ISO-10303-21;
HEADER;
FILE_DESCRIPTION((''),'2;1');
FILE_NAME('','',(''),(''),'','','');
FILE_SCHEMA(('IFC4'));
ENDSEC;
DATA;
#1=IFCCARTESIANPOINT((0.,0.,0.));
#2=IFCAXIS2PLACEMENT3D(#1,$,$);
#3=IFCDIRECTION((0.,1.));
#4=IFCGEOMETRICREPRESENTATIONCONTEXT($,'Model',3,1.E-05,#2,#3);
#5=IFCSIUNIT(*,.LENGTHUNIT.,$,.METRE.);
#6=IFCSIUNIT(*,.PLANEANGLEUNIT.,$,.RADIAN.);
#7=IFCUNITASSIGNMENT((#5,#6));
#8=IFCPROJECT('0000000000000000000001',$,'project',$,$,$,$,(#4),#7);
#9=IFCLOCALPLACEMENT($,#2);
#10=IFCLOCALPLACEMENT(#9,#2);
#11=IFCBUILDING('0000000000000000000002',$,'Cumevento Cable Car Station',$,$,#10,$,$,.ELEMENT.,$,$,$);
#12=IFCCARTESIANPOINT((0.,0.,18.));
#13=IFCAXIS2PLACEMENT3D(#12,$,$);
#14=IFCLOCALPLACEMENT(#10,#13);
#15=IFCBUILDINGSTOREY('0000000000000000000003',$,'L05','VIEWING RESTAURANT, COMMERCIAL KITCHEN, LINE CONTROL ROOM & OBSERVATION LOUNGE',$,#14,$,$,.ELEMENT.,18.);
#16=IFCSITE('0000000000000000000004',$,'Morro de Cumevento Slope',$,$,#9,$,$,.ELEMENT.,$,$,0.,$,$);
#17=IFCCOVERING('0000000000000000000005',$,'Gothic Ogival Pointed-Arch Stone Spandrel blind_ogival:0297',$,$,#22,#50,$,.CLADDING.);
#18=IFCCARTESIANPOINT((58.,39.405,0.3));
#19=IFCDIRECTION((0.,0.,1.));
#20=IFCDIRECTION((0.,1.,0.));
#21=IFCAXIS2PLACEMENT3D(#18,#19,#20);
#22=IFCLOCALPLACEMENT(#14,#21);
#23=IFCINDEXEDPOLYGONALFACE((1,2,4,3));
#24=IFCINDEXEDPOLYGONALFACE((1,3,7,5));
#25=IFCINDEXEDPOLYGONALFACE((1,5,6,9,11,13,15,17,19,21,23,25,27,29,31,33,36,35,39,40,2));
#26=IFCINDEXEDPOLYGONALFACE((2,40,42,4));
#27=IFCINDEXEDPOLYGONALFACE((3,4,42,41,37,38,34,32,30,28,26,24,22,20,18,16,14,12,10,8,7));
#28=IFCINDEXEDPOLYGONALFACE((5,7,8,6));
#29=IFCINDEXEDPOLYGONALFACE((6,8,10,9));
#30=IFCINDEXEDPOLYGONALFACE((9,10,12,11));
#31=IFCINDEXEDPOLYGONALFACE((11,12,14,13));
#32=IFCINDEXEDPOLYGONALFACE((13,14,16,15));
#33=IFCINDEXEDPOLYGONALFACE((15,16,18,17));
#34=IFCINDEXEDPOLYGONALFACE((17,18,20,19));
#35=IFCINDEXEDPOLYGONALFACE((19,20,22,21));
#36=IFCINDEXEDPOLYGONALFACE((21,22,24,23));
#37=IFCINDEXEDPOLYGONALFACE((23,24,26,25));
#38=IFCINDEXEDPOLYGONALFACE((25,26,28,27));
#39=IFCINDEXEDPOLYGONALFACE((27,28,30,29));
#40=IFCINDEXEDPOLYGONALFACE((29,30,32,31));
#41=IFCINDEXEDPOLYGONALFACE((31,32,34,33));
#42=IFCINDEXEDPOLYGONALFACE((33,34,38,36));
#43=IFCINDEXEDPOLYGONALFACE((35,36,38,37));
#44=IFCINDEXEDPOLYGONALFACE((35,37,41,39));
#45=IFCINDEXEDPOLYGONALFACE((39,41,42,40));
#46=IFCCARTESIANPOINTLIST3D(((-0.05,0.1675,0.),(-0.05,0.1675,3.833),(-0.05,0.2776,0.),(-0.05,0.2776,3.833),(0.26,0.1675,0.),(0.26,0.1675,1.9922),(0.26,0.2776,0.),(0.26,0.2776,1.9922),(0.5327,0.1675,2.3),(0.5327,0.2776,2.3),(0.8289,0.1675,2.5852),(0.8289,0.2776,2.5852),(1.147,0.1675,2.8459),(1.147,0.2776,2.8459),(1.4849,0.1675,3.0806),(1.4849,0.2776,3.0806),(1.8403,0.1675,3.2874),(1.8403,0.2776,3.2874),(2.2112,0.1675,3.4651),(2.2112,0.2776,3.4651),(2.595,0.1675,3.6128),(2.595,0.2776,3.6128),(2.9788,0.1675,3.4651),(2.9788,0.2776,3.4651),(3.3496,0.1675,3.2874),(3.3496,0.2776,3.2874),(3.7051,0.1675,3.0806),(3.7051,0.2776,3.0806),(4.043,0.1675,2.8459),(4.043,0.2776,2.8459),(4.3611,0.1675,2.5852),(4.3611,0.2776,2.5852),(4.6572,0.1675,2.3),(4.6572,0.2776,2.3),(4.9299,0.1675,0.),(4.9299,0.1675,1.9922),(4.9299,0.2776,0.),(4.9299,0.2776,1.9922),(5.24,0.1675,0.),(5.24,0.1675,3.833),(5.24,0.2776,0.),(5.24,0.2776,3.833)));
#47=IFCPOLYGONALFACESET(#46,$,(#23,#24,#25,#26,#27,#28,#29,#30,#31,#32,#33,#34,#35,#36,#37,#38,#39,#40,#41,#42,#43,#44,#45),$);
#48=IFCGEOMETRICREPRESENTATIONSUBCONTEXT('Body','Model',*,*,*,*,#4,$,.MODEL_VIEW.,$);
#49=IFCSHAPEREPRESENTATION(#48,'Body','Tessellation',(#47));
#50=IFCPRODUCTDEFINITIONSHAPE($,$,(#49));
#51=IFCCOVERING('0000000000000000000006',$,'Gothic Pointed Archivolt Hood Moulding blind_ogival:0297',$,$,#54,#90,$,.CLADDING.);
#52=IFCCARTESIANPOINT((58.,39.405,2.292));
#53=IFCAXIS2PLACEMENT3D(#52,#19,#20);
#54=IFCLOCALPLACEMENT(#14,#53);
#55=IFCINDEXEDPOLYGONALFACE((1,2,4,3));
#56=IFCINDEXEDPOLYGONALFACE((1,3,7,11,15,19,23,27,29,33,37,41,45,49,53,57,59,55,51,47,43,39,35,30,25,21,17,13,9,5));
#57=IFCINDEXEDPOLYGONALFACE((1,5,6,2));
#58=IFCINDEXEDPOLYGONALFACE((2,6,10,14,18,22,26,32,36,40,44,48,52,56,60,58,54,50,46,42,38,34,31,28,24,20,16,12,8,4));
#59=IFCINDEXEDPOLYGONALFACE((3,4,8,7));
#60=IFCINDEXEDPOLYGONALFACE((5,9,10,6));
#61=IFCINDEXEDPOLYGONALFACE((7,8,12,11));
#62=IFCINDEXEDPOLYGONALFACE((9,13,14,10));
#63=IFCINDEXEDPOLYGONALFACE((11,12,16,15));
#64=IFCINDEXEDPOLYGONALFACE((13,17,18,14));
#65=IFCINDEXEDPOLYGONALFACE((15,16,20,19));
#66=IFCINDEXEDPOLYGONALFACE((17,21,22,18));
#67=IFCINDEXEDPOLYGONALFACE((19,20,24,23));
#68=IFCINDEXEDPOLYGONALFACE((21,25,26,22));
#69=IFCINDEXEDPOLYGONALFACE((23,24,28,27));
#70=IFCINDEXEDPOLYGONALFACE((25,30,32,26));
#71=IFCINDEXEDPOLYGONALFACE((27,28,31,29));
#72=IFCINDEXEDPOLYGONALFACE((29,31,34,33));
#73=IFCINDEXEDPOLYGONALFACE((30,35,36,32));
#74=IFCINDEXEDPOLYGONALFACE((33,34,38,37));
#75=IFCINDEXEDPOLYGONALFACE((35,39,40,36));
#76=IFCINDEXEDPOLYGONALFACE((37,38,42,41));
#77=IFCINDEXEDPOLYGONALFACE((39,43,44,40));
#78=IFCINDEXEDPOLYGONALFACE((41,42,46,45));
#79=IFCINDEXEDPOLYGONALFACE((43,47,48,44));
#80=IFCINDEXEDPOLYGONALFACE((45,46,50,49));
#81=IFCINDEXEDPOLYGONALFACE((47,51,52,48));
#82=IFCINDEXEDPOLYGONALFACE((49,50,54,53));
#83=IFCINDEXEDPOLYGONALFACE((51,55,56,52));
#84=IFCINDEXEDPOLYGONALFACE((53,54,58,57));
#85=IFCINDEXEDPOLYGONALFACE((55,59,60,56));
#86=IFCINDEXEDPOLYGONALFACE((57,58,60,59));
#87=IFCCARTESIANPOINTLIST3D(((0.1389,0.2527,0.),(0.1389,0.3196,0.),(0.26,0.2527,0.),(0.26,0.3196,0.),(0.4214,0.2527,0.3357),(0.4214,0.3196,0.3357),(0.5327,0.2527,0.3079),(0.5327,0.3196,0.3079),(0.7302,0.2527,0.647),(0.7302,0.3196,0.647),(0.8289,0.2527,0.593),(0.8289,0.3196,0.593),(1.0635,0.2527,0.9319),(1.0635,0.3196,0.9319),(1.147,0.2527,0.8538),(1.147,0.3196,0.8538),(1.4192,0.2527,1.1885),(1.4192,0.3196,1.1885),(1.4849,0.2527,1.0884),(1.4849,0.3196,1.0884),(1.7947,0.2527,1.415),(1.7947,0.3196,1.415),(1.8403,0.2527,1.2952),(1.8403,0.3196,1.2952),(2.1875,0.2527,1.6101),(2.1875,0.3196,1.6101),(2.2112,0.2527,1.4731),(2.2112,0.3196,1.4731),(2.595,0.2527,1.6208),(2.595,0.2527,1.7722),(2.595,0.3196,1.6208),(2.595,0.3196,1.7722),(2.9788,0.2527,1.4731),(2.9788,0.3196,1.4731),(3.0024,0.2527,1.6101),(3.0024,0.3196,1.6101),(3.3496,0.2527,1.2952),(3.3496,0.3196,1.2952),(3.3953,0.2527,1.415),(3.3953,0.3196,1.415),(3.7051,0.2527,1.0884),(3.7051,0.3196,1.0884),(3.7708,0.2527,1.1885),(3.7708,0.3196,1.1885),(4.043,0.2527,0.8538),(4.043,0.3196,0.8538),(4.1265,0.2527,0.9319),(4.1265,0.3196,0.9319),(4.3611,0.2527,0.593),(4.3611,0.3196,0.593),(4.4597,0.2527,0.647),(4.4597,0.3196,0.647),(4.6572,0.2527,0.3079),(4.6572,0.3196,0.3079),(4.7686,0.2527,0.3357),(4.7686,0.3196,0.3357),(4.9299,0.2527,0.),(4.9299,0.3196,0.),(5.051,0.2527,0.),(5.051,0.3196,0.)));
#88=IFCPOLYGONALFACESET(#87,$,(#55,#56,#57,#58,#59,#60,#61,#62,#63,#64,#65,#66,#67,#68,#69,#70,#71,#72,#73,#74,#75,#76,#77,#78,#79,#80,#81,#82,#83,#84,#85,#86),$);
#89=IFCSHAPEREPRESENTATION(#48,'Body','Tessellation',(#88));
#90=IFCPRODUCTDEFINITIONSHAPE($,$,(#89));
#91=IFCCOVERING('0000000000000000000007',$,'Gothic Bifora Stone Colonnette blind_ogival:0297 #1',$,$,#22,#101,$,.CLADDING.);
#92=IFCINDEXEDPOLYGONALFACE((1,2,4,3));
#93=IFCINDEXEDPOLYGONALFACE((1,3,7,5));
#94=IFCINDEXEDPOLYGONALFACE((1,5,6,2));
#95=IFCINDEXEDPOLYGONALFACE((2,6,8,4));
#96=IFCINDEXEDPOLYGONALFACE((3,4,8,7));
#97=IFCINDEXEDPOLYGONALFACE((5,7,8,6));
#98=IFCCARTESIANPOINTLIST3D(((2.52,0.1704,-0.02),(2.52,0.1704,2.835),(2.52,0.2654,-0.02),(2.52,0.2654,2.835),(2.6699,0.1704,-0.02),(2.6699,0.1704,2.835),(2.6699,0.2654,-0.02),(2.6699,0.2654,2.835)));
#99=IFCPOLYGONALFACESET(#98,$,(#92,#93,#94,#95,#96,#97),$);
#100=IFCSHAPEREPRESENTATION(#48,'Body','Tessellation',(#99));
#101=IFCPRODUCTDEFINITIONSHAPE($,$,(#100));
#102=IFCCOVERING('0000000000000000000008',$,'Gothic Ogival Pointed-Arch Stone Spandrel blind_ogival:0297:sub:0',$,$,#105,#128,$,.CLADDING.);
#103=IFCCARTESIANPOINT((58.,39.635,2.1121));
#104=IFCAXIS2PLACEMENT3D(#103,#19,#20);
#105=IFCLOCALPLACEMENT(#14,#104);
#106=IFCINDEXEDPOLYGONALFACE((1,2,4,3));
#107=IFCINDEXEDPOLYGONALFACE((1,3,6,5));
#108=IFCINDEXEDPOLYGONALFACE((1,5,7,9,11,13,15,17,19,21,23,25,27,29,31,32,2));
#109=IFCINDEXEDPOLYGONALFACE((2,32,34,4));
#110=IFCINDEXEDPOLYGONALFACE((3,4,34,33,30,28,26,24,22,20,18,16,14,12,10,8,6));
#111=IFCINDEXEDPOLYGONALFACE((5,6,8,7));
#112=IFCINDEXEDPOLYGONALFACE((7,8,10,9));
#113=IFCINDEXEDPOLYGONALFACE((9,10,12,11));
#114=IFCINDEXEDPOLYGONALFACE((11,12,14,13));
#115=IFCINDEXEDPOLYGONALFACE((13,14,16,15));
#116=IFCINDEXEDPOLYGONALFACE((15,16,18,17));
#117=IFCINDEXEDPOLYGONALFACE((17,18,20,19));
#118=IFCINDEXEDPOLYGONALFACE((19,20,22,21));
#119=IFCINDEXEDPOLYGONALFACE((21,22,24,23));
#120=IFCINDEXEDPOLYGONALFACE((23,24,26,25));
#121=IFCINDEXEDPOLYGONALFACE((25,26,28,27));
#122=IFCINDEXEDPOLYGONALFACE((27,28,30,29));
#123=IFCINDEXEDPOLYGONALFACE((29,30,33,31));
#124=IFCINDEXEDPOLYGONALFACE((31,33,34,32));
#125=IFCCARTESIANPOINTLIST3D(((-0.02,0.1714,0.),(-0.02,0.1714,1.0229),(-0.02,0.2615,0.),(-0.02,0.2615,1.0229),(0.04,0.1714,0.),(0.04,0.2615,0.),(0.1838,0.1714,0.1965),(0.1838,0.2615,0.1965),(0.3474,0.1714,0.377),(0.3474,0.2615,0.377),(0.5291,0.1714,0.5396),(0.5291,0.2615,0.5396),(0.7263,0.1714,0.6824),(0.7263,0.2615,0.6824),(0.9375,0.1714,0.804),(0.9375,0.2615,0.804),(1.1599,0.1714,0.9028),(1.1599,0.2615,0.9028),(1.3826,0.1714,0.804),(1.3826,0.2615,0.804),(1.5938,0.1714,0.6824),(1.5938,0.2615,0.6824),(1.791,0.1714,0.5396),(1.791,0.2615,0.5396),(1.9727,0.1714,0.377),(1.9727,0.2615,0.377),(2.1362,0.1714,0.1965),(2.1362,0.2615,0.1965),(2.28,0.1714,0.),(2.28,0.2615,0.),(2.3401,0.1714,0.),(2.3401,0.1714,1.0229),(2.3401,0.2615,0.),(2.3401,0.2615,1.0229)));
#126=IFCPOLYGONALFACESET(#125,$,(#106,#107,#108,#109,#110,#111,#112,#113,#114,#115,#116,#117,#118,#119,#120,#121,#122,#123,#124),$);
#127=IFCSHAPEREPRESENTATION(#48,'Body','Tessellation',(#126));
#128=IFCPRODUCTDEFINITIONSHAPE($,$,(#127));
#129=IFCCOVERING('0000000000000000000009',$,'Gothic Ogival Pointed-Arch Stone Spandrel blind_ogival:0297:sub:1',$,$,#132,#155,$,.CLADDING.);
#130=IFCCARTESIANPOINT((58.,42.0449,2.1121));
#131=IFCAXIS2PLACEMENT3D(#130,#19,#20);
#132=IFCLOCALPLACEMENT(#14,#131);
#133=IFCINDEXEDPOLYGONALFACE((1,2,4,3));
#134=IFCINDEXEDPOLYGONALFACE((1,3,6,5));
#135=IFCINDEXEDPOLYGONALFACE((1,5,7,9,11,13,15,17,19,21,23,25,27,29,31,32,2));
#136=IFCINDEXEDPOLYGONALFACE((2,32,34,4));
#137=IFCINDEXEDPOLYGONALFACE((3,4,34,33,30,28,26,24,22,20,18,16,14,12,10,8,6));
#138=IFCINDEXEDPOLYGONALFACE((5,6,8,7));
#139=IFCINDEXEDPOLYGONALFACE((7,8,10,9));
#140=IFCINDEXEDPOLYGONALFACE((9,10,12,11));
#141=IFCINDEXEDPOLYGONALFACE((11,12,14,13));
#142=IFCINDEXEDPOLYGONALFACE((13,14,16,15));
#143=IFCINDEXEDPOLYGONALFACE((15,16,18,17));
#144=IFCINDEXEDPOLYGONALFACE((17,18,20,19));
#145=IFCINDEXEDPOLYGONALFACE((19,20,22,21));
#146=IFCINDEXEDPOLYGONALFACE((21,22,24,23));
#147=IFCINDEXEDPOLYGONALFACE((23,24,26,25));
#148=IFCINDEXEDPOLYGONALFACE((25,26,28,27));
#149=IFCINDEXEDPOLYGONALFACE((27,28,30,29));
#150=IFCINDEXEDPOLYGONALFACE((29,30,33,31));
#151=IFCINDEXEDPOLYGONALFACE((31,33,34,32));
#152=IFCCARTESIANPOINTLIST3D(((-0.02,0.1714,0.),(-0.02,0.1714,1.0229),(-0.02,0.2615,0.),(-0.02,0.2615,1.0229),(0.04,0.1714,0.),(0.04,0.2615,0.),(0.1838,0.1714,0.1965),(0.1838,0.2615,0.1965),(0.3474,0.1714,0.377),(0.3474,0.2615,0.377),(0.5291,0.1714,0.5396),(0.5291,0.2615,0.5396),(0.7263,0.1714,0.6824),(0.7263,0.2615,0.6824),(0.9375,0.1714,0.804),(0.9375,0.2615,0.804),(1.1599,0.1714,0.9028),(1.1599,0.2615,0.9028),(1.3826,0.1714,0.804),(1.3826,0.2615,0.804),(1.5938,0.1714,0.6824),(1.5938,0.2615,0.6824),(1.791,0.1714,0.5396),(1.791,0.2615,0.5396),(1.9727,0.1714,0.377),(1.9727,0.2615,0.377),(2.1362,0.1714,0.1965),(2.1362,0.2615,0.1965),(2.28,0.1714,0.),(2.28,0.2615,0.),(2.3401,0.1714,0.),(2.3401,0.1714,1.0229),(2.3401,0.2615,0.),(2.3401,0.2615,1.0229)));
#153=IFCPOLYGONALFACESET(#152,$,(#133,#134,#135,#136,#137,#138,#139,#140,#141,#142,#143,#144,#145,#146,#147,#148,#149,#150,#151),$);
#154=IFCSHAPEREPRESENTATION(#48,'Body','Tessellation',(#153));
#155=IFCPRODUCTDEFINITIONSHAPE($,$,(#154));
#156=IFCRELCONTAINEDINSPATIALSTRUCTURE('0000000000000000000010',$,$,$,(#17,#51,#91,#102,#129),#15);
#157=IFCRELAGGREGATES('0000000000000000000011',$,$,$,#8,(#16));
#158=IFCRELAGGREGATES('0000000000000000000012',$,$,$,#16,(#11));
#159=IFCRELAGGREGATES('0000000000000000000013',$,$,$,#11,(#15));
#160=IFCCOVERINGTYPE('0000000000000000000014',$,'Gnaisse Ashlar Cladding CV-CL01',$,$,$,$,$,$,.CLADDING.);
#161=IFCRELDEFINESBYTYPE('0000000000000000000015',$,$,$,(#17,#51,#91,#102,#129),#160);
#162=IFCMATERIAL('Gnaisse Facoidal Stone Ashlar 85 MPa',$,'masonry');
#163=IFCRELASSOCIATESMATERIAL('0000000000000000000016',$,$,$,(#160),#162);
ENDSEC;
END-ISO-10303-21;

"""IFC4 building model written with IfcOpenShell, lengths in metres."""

from ifc_helpers import new_model, si_unit, direction, frame, origin, place, context, subcontext, project, spatial, polyline, outline, extrude, material, type_object, element, save


model = new_model("IFC4")

# Units and contexts
model_context = context("Model", 3, precision=1e-05, world=origin(), true_north=direction((0.0, 1.0)))
body_context = subcontext(model_context, "Body", "Model", "MODEL_VIEW")
ifc_project = project(units=[si_unit("LENGTHUNIT", "METRE"), si_unit("PLANEANGLEUNIT", "RADIAN")], contexts=[model_context])

# Site, building, storey
site_placement = place(None, origin())
site = spatial("IfcSite", under=ifc_project, at=site_placement, Name="Morro de Cumevento Slope", CompositionType="ELEMENT", RefElevation=0.0)
building_placement = place(site_placement, origin())
building = spatial("IfcBuilding", under=site, at=building_placement, Name="Cumevento Cable Car Station", CompositionType="ELEMENT")
storey_placement = place(building_placement, frame((0.0, 0.0, 18.0)))
storey = spatial("IfcBuildingStorey", under=building, at=storey_placement, Name="L05", Description="VIEWING RESTAURANT, COMMERCIAL KITCHEN, LINE CONTROL ROOM & OBSERVATION LOUNGE", CompositionType="ELEMENT", Elevation=18.0)

# Coverings
ifc_material_1 = material(Name="Gnaisse Facoidal Stone Ashlar 85 MPa", Category="masonry")
covering_type = type_object("IfcCoveringType", Name="Gnaisse Ashlar Cladding CV-CL01", PredefinedType="CLADDING", material=ifc_material_1)
placement_1 = place(storey_placement, frame((58.0, 39.405, 0.3), z_axis=(0.0, 0.0, 1.0), x_axis=(0.0, 1.0, 0.0)))
element("IfcCovering", 1, at=placement_1, inside=storey, type_object=covering_type, Name="Gothic Ogival Pointed-Arch Stone Spandrel blind_ogival:0297", PredefinedType="CLADDING", context=body_context, shape_type="SweptSolid", body=[
    extrude(outline(polyline([(-0.05, 0.0), (-0.05, 3.833), (5.24, 3.833), (5.24, 0.0), (4.9299, 0.0), (4.9299, 1.9922), (4.6572, 2.3), (4.3611, 2.5852), (4.043, 2.8459), (3.7051, 3.0806), (3.3496, 3.2874), (2.9788, 3.4651), (2.595, 3.6128), (2.2112, 3.4651), (1.8403, 3.2874), (1.4849, 3.0806), (1.147, 2.8459), (0.8289, 2.5852), (0.5327, 2.3), (0.26, 1.9922), (0.26, 0.0), (-0.05, 0.0)])), frame((0.0, 0.2776, 0.0), z_axis=(0.0, -1.0, 0.0), x_axis=(1.0, 0.0, 0.0)), (0.0, 0.0, 1.0), 0.1101),
])
covering_1_placement = place(storey_placement, frame((58.0, 39.405, 2.292), z_axis=(0.0, 0.0, 1.0), x_axis=(0.0, 1.0, 0.0)))
element("IfcCovering", 2, at=covering_1_placement, inside=storey, type_object=covering_type, Name="Gothic Pointed Archivolt Hood Moulding blind_ogival:0297", PredefinedType="CLADDING", context=body_context, shape_type="SweptSolid", body=[
    extrude(outline(polyline([(0.26, 0.0), (0.5327, 0.3079), (0.8289, 0.593), (1.147, 0.8538), (1.4849, 1.0884), (1.8403, 1.2952), (2.2112, 1.4731), (2.595, 1.6208), (2.9788, 1.4731), (3.3496, 1.2952), (3.7051, 1.0884), (4.043, 0.8538), (4.3611, 0.593), (4.6572, 0.3079), (4.9299, 0.0), (5.051, 0.0), (4.7686, 0.3357), (4.4597, 0.647), (4.1265, 0.9319), (3.7708, 1.1885), (3.3953, 1.415), (3.0024, 1.6101), (2.595, 1.7722), (2.1875, 1.6101), (1.7947, 1.415), (1.4192, 1.1885), (1.0635, 0.9319), (0.7302, 0.647), (0.4214, 0.3357), (0.1389, 0.0), (0.26, 0.0)])), frame((0.0, 0.3196, 0.0), z_axis=(0.0, -1.0, 0.0), x_axis=(1.0, 0.0, 0.0)), (0.0, 0.0, 1.0), 0.0669),
])
element("IfcCovering", 3, at=placement_1, inside=storey, type_object=covering_type, Name="Gothic Bifora Stone Colonnette blind_ogival:0297 #1", PredefinedType="CLADDING", context=body_context, shape_type="SweptSolid", body=[
    extrude(outline(polyline([(2.52, -0.02), (2.6699, -0.02), (2.6699, 2.835), (2.52, 2.835), (2.52, -0.02)])), frame((0.0, 0.2654, 0.0), z_axis=(0.0, -1.0, 0.0), x_axis=(1.0, 0.0, 0.0)), (0.0, 0.0, 1.0), 0.095),
])
for number, where, z_axis, x_axis, name in (
    (4, (58.0, 39.635, 2.1121), (0.0, 0.0, 1.0), (0.0, 1.0, 0.0), "Gothic Ogival Pointed-Arch Stone Spandrel blind_ogival:0297:sub:0"),
    (5, (58.0, 42.0449, 2.1121), (0.0, 0.0, 1.0), (0.0, 1.0, 0.0), "Gothic Ogival Pointed-Arch Stone Spandrel blind_ogival:0297:sub:1"),
):
    element("IfcCovering", number, at=place(storey_placement, frame(where, z_axis=z_axis, x_axis=x_axis)), inside=storey, type_object=covering_type, Name=name, PredefinedType="CLADDING", context=body_context, shape_type="SweptSolid", body=[
        extrude(outline(polyline([(-0.02, 0.0), (-0.02, 1.0229), (2.3401, 1.0229), (2.3401, 0.0), (2.28, 0.0), (2.1362, 0.1965), (1.9727, 0.377), (1.791, 0.5396), (1.5938, 0.6824), (1.3826, 0.804), (1.1599, 0.9028), (0.9375, 0.804), (0.7263, 0.6824), (0.5291, 0.5396), (0.3474, 0.377), (0.1838, 0.1965), (0.04, 0.0), (-0.02, 0.0)])), frame((0.0, 0.2615, 0.0), z_axis=(0.0, -1.0, 0.0), x_axis=(1.0, 0.0, 0.0)), (0.0, 0.0, 1.0), 0.0901),
    ])

save(model, "model.ifc")
